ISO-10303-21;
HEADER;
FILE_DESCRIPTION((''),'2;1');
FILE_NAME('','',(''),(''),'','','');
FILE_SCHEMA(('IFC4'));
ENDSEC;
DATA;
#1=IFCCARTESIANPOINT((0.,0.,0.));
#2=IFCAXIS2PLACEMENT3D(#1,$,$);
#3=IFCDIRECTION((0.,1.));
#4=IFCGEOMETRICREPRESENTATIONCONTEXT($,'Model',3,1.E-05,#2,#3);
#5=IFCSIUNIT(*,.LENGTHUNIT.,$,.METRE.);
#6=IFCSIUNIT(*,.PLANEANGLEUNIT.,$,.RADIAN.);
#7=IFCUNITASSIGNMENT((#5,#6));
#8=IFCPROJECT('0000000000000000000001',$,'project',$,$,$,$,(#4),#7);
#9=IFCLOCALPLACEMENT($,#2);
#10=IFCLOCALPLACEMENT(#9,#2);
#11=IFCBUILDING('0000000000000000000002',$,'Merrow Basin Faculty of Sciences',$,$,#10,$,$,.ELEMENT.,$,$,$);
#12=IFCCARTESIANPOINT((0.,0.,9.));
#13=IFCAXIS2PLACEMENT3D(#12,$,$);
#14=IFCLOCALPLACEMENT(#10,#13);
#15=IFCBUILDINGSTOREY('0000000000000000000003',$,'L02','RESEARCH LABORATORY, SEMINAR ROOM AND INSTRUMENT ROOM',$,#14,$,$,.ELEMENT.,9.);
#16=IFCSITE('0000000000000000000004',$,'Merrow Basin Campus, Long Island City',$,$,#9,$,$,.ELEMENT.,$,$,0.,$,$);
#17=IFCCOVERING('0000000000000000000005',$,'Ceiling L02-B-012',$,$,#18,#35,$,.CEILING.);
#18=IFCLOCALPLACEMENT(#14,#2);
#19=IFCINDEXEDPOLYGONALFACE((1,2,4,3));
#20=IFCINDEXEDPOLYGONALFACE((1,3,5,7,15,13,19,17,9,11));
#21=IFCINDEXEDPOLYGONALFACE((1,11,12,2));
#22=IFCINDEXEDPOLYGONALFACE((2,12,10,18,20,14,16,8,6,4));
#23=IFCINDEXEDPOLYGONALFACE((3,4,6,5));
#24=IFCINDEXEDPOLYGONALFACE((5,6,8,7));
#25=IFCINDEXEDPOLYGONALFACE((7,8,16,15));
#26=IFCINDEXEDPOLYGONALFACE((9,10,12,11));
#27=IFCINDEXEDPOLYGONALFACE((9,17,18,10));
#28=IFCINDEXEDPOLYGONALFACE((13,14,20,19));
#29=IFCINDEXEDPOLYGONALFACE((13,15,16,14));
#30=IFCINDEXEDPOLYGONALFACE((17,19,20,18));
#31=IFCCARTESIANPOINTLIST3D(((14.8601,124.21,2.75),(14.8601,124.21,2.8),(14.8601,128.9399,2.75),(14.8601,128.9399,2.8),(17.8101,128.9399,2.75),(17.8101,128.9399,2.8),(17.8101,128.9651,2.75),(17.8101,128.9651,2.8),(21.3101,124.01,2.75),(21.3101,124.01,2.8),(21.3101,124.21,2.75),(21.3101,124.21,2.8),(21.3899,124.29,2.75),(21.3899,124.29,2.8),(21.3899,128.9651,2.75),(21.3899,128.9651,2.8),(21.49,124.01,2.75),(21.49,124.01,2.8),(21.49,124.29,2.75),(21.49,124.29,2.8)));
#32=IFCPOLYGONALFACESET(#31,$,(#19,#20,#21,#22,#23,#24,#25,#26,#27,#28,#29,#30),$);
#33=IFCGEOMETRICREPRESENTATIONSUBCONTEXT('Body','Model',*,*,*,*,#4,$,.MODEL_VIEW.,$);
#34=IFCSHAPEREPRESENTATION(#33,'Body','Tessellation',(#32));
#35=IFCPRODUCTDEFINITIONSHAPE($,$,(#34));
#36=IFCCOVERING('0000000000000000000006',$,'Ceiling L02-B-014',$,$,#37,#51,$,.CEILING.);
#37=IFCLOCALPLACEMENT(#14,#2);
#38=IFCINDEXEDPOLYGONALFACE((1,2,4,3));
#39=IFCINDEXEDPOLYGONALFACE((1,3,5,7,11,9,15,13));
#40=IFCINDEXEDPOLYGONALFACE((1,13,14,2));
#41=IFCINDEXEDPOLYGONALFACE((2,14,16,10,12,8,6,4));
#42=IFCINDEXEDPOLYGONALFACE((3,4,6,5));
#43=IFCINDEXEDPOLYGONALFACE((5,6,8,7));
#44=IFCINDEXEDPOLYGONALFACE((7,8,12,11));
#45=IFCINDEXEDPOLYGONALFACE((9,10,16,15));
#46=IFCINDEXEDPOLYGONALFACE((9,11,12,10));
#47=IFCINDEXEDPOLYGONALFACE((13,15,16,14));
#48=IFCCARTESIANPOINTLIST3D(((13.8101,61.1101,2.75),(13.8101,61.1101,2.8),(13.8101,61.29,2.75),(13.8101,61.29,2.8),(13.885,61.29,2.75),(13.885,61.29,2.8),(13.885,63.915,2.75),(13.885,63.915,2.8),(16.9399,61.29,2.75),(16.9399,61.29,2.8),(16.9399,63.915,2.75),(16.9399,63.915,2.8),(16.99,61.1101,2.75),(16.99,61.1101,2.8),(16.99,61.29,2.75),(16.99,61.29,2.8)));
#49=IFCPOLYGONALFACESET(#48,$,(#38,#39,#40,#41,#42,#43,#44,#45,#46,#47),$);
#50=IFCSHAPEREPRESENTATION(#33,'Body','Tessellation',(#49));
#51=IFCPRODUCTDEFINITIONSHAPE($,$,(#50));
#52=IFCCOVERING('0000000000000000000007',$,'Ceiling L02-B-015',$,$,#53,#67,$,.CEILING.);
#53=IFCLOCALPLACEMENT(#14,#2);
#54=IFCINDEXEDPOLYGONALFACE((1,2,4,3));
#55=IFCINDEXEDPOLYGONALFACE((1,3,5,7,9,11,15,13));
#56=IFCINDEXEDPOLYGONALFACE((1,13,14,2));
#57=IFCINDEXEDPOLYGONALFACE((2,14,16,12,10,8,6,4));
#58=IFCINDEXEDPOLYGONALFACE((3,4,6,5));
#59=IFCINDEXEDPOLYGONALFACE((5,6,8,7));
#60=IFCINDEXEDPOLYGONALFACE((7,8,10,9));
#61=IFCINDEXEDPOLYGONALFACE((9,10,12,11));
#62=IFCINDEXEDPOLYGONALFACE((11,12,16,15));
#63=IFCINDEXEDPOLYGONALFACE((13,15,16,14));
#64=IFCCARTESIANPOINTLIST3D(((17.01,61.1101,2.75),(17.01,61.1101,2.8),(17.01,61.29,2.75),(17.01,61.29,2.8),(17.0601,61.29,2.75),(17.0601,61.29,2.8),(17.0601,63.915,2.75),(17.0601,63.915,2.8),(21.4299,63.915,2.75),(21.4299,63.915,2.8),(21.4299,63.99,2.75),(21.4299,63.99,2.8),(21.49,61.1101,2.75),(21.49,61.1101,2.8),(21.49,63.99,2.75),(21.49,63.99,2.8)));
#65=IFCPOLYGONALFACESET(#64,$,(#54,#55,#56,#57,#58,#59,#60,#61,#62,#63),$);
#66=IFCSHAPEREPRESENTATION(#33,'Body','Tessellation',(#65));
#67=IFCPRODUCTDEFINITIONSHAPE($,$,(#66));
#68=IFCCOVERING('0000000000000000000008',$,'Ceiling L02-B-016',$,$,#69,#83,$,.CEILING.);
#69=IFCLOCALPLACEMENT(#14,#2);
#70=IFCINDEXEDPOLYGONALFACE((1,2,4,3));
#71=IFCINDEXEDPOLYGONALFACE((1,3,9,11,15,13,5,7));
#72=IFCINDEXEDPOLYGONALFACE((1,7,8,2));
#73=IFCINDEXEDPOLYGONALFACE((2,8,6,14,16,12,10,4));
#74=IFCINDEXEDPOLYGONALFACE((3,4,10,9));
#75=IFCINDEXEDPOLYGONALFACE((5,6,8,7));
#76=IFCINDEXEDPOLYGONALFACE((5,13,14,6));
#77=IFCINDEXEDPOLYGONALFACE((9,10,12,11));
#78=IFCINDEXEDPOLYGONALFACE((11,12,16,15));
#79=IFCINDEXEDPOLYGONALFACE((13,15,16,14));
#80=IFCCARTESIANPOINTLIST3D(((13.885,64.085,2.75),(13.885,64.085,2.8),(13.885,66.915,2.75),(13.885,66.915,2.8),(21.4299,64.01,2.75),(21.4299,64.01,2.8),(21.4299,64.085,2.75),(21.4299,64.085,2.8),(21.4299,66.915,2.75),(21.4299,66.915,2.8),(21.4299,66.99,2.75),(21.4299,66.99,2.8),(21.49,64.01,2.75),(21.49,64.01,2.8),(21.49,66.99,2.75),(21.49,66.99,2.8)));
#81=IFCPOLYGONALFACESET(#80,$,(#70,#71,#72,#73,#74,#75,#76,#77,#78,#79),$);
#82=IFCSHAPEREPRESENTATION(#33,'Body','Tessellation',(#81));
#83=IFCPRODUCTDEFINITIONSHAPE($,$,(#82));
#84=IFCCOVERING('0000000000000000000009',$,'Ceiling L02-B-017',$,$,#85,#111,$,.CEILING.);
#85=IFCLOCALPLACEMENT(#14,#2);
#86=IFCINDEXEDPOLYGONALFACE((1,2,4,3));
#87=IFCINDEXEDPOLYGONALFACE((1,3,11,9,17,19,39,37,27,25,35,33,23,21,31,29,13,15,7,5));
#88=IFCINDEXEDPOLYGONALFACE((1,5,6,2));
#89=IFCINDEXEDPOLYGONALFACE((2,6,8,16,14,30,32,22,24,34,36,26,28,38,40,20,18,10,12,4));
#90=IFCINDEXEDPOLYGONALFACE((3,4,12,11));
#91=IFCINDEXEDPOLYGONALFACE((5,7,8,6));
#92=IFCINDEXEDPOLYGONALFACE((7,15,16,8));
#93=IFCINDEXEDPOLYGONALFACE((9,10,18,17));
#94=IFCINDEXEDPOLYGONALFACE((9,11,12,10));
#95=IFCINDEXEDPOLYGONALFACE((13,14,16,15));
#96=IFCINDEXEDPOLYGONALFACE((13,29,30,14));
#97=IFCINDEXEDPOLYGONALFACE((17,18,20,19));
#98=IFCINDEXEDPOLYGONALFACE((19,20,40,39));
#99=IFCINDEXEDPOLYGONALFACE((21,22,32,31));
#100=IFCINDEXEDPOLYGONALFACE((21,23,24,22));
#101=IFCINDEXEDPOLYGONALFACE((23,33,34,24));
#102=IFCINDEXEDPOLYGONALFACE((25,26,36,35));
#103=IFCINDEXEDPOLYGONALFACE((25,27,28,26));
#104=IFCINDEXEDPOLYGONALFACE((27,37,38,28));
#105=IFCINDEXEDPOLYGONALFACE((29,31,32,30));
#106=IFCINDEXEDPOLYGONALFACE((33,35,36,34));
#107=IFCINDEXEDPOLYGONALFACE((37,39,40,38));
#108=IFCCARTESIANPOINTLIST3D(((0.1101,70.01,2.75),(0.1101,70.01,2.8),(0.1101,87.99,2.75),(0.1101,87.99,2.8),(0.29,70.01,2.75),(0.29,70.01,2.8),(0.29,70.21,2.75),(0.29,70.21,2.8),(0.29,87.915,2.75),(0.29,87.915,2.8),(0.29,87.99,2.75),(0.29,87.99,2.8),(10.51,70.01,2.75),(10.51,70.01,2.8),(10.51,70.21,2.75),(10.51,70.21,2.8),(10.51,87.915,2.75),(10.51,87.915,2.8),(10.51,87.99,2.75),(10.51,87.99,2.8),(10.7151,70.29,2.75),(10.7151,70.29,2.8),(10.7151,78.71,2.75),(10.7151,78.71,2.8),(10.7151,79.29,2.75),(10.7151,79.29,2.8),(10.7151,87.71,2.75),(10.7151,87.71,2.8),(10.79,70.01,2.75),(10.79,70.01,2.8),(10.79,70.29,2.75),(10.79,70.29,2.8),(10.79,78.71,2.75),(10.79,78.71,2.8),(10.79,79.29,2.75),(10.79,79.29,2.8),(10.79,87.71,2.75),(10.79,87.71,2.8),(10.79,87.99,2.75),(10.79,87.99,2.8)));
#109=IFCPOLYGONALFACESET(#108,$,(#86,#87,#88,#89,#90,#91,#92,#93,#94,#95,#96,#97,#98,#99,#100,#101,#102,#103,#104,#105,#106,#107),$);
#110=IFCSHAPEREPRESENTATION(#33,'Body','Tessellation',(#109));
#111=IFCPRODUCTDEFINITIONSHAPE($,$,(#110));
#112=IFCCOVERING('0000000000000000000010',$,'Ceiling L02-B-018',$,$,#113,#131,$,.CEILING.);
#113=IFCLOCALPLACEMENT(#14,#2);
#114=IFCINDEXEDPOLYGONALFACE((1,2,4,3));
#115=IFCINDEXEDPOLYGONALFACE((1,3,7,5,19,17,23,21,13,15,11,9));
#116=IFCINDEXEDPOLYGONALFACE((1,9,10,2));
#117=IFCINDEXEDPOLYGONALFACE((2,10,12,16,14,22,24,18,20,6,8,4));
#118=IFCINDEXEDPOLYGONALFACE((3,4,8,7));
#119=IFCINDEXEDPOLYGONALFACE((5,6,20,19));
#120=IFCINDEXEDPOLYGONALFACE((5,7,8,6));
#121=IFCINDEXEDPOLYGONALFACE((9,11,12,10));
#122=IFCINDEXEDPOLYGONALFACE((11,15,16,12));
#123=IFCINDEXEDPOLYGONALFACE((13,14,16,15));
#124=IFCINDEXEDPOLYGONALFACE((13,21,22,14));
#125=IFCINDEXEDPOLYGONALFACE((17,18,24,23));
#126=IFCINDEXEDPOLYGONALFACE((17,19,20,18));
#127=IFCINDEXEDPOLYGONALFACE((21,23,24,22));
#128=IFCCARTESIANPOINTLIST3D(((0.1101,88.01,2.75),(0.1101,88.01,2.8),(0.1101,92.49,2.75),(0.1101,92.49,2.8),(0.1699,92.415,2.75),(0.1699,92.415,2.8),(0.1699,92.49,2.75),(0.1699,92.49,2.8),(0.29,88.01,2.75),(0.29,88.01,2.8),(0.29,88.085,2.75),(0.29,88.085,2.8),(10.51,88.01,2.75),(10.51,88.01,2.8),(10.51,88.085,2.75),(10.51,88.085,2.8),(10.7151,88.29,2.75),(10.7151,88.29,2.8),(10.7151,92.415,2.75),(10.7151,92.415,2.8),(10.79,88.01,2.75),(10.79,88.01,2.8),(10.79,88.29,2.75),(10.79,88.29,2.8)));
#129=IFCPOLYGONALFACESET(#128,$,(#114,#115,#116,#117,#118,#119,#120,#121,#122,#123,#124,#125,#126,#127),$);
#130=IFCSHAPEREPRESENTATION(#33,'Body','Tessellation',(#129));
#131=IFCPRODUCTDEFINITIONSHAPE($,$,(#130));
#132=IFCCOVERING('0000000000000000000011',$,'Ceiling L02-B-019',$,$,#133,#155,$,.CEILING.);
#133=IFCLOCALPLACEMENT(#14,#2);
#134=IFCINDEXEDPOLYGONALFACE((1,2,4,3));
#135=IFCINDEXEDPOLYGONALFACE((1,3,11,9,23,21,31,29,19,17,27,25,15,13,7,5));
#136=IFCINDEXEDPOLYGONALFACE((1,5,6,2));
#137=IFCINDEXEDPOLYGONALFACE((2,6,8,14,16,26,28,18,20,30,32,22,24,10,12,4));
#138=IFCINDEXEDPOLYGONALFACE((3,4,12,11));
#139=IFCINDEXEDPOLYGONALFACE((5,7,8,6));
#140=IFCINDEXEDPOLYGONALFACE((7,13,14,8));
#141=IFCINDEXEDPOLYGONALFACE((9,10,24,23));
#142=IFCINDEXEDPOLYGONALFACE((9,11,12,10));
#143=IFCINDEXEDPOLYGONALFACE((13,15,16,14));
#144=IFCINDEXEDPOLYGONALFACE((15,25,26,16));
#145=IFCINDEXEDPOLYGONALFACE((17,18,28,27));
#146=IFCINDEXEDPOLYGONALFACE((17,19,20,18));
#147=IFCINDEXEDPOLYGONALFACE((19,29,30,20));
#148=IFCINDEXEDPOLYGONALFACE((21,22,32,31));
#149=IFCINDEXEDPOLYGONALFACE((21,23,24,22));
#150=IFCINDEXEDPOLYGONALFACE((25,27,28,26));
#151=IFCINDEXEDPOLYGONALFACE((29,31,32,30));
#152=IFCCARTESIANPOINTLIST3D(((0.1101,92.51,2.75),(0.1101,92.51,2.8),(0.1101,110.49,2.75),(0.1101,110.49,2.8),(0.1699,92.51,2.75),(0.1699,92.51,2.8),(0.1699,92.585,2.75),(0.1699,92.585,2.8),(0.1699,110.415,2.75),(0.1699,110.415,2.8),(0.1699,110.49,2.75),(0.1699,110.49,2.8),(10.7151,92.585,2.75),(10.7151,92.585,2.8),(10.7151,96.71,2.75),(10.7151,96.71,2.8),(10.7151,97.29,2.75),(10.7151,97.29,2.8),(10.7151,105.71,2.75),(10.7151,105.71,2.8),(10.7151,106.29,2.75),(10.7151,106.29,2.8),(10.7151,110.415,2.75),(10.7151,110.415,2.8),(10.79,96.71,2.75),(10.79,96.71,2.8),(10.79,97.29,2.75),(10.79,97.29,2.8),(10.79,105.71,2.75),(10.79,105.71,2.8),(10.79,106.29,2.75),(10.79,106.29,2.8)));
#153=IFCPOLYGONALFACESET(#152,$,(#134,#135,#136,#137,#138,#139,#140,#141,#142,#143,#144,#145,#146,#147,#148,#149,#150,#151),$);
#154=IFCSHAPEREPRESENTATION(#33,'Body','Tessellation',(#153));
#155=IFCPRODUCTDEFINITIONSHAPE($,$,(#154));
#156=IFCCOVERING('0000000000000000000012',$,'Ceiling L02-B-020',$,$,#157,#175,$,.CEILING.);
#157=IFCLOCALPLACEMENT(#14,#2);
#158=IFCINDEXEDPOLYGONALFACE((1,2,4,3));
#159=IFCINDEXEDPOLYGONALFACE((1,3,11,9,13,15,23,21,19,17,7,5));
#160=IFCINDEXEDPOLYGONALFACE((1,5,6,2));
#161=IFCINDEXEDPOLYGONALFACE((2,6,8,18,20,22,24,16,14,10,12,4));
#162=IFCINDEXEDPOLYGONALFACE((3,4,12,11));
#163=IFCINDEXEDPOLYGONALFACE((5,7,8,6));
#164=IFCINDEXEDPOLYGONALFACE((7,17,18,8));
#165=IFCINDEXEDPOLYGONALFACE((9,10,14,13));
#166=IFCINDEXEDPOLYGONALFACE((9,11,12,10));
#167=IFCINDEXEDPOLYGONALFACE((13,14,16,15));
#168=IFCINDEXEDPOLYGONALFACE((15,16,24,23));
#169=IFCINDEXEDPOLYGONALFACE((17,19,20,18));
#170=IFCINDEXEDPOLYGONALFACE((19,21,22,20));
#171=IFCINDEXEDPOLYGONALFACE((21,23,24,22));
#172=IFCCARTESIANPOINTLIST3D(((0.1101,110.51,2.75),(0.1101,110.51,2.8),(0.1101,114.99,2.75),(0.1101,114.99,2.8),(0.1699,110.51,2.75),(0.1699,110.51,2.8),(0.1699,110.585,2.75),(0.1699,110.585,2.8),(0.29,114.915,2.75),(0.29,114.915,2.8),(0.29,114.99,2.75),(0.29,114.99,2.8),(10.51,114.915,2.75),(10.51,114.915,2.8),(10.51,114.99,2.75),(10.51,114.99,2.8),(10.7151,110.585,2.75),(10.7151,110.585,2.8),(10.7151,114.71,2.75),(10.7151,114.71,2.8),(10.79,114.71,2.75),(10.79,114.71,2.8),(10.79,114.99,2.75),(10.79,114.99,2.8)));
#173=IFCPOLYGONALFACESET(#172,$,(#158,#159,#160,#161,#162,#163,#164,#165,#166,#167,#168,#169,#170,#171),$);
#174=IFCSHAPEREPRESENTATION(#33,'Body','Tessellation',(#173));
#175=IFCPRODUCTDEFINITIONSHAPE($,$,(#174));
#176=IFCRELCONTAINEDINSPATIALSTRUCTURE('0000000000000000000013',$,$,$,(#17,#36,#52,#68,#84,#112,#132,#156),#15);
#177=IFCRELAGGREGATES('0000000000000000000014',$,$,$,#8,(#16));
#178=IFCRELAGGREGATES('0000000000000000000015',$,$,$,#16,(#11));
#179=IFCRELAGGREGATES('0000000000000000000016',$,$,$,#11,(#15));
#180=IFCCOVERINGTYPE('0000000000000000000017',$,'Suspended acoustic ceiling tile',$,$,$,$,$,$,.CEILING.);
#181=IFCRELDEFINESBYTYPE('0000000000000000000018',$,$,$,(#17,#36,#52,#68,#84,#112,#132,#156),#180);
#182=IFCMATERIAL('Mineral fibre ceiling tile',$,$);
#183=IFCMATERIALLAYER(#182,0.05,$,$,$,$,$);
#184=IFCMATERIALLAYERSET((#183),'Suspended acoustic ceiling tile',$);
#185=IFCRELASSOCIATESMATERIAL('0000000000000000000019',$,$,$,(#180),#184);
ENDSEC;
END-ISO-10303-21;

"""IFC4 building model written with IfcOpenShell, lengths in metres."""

from ifc_helpers import new_model, si_unit, direction, frame, origin, place, context, subcontext, project, spatial, polyline, outline, extrude, material, layer, layer_set, type_object, element, save


model = new_model("IFC4")

# Units and contexts
model_context = context("Model", 3, precision=1e-05, world=origin(), true_north=direction((0.0, 1.0)))
body_context = subcontext(model_context, "Body", "Model", "MODEL_VIEW")
ifc_project = project(units=[si_unit("LENGTHUNIT", "METRE"), si_unit("PLANEANGLEUNIT", "RADIAN")], contexts=[model_context])

# Site, building, storey
site_placement = place(None, origin())
site = spatial("IfcSite", under=ifc_project, at=site_placement, Name="Merrow Basin Campus, Long Island City", CompositionType="ELEMENT", RefElevation=0.0)
building_placement = place(site_placement, origin())
building = spatial("IfcBuilding", under=site, at=building_placement, Name="Merrow Basin Faculty of Sciences", CompositionType="ELEMENT")
storey_placement = place(building_placement, frame((0.0, 0.0, 9.0)))
storey = spatial("IfcBuildingStorey", under=building, at=storey_placement, Name="L02", Description="RESEARCH LABORATORY, SEMINAR ROOM AND INSTRUMENT ROOM", CompositionType="ELEMENT", Elevation=9.0)

# Coverings
ifc_material_1 = material(Name="Mineral fibre ceiling tile")
ifc_layer_1 = layer(ifc_material_1, 0.05)
ifc_layer_set_1 = layer_set([ifc_layer_1], Name="Suspended acoustic ceiling tile")
covering_type = type_object("IfcCoveringType", Name="Suspended acoustic ceiling tile", PredefinedType="CEILING", material=ifc_layer_set_1)
covering_1_placement = place(storey_placement, frame((0.0, 0.0, 2.75)))
element("IfcCovering", 1, at=covering_1_placement, inside=storey, type_object=covering_type, Name="Ceiling L02-B-012", PredefinedType="CEILING", context=body_context, shape_type="SweptSolid", body=[
    extrude(outline(polyline([(21.3899, 128.9651), (21.3899, 124.29), (21.49, 124.29), (21.49, 124.01), (21.3101, 124.01), (21.3101, 124.21), (14.8601, 124.21), (14.8601, 128.9399), (17.8101, 128.9399), (17.8101, 128.9651), (21.3899, 128.9651)])), origin(), (0.0, 0.0, 1.0), 0.05),
])
covering_2_placement = place(storey_placement, frame((0.0, 0.0, 2.75)))
element("IfcCovering", 2, at=covering_2_placement, inside=storey, type_object=covering_type, Name="Ceiling L02-B-014", PredefinedType="CEILING", context=body_context, shape_type="SweptSolid", body=[
    extrude(outline(polyline([(16.99, 61.1101), (13.8101, 61.1101), (13.8101, 61.29), (13.885, 61.29), (13.885, 63.915), (16.9399, 63.915), (16.9399, 61.29), (16.99, 61.29), (16.99, 61.1101)])), origin(), (0.0, 0.0, 1.0), 0.05),
])
covering_3_placement = place(storey_placement, frame((0.0, 0.0, 2.75)))
element("IfcCovering", 3, at=covering_3_placement, inside=storey, type_object=covering_type, Name="Ceiling L02-B-015", PredefinedType="CEILING", context=body_context, shape_type="SweptSolid", body=[
    extrude(outline(polyline([(21.49, 63.99), (21.49, 61.1101), (17.01, 61.1101), (17.01, 61.29), (17.0601, 61.29), (17.0601, 63.915), (21.4299, 63.915), (21.4299, 63.99), (21.49, 63.99)])), origin(), (0.0, 0.0, 1.0), 0.05),
])
covering_4_placement = place(storey_placement, frame((0.0, 0.0, 2.75)))
element("IfcCovering", 4, at=covering_4_placement, inside=storey, type_object=covering_type, Name="Ceiling L02-B-016", PredefinedType="CEILING", context=body_context, shape_type="SweptSolid", body=[
    extrude(outline(polyline([(21.49, 66.99), (21.49, 64.01), (21.4299, 64.01), (21.4299, 64.085), (13.885, 64.085), (13.885, 66.915), (21.4299, 66.915), (21.4299, 66.99), (21.49, 66.99)])), origin(), (0.0, 0.0, 1.0), 0.05),
])
covering_5_placement = place(storey_placement, frame((0.0, 0.0, 2.75)))
element("IfcCovering", 5, at=covering_5_placement, inside=storey, type_object=covering_type, Name="Ceiling L02-B-017", PredefinedType="CEILING", context=body_context, shape_type="SweptSolid", body=[
    extrude(outline(polyline([(10.79, 87.71), (10.7151, 87.71), (10.7151, 79.29), (10.79, 79.29), (10.79, 78.71), (10.7151, 78.71), (10.7151, 70.29), (10.79, 70.29), (10.79, 70.01), (10.51, 70.01), (10.51, 70.21), (0.29, 70.21), (0.29, 70.01), (0.1101, 70.01), (0.1101, 87.99), (0.29, 87.99), (0.29, 87.915), (10.51, 87.915), (10.51, 87.99), (10.79, 87.99), (10.79, 87.71)])), origin(), (0.0, 0.0, 1.0), 0.05),
])
covering_6_placement = place(storey_placement, frame((0.0, 0.0, 2.75)))
element("IfcCovering", 6, at=covering_6_placement, inside=storey, type_object=covering_type, Name="Ceiling L02-B-018", PredefinedType="CEILING", context=body_context, shape_type="SweptSolid", body=[
    extrude(outline(polyline([(10.7151, 92.415), (10.7151, 88.29), (10.79, 88.29), (10.79, 88.01), (10.51, 88.01), (10.51, 88.085), (0.29, 88.085), (0.29, 88.01), (0.1101, 88.01), (0.1101, 92.49), (0.1699, 92.49), (0.1699, 92.415), (10.7151, 92.415)])), origin(), (0.0, 0.0, 1.0), 0.05),
])
covering_7_placement = place(storey_placement, frame((0.0, 0.0, 2.75)))
element("IfcCovering", 7, at=covering_7_placement, inside=storey, type_object=covering_type, Name="Ceiling L02-B-019", PredefinedType="CEILING", context=body_context, shape_type="SweptSolid", body=[
    extrude(outline(polyline([(10.7151, 110.415), (10.7151, 106.29), (10.79, 106.29), (10.79, 105.71), (10.7151, 105.71), (10.7151, 97.29), (10.79, 97.29), (10.79, 96.71), (10.7151, 96.71), (10.7151, 92.585), (0.1699, 92.585), (0.1699, 92.51), (0.1101, 92.51), (0.1101, 110.49), (0.1699, 110.49), (0.1699, 110.415), (10.7151, 110.415)])), origin(), (0.0, 0.0, 1.0), 0.05),
])
covering_8_placement = place(storey_placement, frame((0.0, 0.0, 2.75)))
element("IfcCovering", 8, at=covering_8_placement, inside=storey, type_object=covering_type, Name="Ceiling L02-B-020", PredefinedType="CEILING", context=body_context, shape_type="SweptSolid", body=[
    extrude(outline(polyline([(10.7151, 110.585), (0.1699, 110.585), (0.1699, 110.51), (0.1101, 110.51), (0.1101, 114.99), (0.29, 114.99), (0.29, 114.915), (10.51, 114.915), (10.51, 114.99), (10.79, 114.99), (10.79, 114.71), (10.7151, 114.71), (10.7151, 110.585)])), origin(), (0.0, 0.0, 1.0), 0.05),
])

save(model, "model.ifc")
